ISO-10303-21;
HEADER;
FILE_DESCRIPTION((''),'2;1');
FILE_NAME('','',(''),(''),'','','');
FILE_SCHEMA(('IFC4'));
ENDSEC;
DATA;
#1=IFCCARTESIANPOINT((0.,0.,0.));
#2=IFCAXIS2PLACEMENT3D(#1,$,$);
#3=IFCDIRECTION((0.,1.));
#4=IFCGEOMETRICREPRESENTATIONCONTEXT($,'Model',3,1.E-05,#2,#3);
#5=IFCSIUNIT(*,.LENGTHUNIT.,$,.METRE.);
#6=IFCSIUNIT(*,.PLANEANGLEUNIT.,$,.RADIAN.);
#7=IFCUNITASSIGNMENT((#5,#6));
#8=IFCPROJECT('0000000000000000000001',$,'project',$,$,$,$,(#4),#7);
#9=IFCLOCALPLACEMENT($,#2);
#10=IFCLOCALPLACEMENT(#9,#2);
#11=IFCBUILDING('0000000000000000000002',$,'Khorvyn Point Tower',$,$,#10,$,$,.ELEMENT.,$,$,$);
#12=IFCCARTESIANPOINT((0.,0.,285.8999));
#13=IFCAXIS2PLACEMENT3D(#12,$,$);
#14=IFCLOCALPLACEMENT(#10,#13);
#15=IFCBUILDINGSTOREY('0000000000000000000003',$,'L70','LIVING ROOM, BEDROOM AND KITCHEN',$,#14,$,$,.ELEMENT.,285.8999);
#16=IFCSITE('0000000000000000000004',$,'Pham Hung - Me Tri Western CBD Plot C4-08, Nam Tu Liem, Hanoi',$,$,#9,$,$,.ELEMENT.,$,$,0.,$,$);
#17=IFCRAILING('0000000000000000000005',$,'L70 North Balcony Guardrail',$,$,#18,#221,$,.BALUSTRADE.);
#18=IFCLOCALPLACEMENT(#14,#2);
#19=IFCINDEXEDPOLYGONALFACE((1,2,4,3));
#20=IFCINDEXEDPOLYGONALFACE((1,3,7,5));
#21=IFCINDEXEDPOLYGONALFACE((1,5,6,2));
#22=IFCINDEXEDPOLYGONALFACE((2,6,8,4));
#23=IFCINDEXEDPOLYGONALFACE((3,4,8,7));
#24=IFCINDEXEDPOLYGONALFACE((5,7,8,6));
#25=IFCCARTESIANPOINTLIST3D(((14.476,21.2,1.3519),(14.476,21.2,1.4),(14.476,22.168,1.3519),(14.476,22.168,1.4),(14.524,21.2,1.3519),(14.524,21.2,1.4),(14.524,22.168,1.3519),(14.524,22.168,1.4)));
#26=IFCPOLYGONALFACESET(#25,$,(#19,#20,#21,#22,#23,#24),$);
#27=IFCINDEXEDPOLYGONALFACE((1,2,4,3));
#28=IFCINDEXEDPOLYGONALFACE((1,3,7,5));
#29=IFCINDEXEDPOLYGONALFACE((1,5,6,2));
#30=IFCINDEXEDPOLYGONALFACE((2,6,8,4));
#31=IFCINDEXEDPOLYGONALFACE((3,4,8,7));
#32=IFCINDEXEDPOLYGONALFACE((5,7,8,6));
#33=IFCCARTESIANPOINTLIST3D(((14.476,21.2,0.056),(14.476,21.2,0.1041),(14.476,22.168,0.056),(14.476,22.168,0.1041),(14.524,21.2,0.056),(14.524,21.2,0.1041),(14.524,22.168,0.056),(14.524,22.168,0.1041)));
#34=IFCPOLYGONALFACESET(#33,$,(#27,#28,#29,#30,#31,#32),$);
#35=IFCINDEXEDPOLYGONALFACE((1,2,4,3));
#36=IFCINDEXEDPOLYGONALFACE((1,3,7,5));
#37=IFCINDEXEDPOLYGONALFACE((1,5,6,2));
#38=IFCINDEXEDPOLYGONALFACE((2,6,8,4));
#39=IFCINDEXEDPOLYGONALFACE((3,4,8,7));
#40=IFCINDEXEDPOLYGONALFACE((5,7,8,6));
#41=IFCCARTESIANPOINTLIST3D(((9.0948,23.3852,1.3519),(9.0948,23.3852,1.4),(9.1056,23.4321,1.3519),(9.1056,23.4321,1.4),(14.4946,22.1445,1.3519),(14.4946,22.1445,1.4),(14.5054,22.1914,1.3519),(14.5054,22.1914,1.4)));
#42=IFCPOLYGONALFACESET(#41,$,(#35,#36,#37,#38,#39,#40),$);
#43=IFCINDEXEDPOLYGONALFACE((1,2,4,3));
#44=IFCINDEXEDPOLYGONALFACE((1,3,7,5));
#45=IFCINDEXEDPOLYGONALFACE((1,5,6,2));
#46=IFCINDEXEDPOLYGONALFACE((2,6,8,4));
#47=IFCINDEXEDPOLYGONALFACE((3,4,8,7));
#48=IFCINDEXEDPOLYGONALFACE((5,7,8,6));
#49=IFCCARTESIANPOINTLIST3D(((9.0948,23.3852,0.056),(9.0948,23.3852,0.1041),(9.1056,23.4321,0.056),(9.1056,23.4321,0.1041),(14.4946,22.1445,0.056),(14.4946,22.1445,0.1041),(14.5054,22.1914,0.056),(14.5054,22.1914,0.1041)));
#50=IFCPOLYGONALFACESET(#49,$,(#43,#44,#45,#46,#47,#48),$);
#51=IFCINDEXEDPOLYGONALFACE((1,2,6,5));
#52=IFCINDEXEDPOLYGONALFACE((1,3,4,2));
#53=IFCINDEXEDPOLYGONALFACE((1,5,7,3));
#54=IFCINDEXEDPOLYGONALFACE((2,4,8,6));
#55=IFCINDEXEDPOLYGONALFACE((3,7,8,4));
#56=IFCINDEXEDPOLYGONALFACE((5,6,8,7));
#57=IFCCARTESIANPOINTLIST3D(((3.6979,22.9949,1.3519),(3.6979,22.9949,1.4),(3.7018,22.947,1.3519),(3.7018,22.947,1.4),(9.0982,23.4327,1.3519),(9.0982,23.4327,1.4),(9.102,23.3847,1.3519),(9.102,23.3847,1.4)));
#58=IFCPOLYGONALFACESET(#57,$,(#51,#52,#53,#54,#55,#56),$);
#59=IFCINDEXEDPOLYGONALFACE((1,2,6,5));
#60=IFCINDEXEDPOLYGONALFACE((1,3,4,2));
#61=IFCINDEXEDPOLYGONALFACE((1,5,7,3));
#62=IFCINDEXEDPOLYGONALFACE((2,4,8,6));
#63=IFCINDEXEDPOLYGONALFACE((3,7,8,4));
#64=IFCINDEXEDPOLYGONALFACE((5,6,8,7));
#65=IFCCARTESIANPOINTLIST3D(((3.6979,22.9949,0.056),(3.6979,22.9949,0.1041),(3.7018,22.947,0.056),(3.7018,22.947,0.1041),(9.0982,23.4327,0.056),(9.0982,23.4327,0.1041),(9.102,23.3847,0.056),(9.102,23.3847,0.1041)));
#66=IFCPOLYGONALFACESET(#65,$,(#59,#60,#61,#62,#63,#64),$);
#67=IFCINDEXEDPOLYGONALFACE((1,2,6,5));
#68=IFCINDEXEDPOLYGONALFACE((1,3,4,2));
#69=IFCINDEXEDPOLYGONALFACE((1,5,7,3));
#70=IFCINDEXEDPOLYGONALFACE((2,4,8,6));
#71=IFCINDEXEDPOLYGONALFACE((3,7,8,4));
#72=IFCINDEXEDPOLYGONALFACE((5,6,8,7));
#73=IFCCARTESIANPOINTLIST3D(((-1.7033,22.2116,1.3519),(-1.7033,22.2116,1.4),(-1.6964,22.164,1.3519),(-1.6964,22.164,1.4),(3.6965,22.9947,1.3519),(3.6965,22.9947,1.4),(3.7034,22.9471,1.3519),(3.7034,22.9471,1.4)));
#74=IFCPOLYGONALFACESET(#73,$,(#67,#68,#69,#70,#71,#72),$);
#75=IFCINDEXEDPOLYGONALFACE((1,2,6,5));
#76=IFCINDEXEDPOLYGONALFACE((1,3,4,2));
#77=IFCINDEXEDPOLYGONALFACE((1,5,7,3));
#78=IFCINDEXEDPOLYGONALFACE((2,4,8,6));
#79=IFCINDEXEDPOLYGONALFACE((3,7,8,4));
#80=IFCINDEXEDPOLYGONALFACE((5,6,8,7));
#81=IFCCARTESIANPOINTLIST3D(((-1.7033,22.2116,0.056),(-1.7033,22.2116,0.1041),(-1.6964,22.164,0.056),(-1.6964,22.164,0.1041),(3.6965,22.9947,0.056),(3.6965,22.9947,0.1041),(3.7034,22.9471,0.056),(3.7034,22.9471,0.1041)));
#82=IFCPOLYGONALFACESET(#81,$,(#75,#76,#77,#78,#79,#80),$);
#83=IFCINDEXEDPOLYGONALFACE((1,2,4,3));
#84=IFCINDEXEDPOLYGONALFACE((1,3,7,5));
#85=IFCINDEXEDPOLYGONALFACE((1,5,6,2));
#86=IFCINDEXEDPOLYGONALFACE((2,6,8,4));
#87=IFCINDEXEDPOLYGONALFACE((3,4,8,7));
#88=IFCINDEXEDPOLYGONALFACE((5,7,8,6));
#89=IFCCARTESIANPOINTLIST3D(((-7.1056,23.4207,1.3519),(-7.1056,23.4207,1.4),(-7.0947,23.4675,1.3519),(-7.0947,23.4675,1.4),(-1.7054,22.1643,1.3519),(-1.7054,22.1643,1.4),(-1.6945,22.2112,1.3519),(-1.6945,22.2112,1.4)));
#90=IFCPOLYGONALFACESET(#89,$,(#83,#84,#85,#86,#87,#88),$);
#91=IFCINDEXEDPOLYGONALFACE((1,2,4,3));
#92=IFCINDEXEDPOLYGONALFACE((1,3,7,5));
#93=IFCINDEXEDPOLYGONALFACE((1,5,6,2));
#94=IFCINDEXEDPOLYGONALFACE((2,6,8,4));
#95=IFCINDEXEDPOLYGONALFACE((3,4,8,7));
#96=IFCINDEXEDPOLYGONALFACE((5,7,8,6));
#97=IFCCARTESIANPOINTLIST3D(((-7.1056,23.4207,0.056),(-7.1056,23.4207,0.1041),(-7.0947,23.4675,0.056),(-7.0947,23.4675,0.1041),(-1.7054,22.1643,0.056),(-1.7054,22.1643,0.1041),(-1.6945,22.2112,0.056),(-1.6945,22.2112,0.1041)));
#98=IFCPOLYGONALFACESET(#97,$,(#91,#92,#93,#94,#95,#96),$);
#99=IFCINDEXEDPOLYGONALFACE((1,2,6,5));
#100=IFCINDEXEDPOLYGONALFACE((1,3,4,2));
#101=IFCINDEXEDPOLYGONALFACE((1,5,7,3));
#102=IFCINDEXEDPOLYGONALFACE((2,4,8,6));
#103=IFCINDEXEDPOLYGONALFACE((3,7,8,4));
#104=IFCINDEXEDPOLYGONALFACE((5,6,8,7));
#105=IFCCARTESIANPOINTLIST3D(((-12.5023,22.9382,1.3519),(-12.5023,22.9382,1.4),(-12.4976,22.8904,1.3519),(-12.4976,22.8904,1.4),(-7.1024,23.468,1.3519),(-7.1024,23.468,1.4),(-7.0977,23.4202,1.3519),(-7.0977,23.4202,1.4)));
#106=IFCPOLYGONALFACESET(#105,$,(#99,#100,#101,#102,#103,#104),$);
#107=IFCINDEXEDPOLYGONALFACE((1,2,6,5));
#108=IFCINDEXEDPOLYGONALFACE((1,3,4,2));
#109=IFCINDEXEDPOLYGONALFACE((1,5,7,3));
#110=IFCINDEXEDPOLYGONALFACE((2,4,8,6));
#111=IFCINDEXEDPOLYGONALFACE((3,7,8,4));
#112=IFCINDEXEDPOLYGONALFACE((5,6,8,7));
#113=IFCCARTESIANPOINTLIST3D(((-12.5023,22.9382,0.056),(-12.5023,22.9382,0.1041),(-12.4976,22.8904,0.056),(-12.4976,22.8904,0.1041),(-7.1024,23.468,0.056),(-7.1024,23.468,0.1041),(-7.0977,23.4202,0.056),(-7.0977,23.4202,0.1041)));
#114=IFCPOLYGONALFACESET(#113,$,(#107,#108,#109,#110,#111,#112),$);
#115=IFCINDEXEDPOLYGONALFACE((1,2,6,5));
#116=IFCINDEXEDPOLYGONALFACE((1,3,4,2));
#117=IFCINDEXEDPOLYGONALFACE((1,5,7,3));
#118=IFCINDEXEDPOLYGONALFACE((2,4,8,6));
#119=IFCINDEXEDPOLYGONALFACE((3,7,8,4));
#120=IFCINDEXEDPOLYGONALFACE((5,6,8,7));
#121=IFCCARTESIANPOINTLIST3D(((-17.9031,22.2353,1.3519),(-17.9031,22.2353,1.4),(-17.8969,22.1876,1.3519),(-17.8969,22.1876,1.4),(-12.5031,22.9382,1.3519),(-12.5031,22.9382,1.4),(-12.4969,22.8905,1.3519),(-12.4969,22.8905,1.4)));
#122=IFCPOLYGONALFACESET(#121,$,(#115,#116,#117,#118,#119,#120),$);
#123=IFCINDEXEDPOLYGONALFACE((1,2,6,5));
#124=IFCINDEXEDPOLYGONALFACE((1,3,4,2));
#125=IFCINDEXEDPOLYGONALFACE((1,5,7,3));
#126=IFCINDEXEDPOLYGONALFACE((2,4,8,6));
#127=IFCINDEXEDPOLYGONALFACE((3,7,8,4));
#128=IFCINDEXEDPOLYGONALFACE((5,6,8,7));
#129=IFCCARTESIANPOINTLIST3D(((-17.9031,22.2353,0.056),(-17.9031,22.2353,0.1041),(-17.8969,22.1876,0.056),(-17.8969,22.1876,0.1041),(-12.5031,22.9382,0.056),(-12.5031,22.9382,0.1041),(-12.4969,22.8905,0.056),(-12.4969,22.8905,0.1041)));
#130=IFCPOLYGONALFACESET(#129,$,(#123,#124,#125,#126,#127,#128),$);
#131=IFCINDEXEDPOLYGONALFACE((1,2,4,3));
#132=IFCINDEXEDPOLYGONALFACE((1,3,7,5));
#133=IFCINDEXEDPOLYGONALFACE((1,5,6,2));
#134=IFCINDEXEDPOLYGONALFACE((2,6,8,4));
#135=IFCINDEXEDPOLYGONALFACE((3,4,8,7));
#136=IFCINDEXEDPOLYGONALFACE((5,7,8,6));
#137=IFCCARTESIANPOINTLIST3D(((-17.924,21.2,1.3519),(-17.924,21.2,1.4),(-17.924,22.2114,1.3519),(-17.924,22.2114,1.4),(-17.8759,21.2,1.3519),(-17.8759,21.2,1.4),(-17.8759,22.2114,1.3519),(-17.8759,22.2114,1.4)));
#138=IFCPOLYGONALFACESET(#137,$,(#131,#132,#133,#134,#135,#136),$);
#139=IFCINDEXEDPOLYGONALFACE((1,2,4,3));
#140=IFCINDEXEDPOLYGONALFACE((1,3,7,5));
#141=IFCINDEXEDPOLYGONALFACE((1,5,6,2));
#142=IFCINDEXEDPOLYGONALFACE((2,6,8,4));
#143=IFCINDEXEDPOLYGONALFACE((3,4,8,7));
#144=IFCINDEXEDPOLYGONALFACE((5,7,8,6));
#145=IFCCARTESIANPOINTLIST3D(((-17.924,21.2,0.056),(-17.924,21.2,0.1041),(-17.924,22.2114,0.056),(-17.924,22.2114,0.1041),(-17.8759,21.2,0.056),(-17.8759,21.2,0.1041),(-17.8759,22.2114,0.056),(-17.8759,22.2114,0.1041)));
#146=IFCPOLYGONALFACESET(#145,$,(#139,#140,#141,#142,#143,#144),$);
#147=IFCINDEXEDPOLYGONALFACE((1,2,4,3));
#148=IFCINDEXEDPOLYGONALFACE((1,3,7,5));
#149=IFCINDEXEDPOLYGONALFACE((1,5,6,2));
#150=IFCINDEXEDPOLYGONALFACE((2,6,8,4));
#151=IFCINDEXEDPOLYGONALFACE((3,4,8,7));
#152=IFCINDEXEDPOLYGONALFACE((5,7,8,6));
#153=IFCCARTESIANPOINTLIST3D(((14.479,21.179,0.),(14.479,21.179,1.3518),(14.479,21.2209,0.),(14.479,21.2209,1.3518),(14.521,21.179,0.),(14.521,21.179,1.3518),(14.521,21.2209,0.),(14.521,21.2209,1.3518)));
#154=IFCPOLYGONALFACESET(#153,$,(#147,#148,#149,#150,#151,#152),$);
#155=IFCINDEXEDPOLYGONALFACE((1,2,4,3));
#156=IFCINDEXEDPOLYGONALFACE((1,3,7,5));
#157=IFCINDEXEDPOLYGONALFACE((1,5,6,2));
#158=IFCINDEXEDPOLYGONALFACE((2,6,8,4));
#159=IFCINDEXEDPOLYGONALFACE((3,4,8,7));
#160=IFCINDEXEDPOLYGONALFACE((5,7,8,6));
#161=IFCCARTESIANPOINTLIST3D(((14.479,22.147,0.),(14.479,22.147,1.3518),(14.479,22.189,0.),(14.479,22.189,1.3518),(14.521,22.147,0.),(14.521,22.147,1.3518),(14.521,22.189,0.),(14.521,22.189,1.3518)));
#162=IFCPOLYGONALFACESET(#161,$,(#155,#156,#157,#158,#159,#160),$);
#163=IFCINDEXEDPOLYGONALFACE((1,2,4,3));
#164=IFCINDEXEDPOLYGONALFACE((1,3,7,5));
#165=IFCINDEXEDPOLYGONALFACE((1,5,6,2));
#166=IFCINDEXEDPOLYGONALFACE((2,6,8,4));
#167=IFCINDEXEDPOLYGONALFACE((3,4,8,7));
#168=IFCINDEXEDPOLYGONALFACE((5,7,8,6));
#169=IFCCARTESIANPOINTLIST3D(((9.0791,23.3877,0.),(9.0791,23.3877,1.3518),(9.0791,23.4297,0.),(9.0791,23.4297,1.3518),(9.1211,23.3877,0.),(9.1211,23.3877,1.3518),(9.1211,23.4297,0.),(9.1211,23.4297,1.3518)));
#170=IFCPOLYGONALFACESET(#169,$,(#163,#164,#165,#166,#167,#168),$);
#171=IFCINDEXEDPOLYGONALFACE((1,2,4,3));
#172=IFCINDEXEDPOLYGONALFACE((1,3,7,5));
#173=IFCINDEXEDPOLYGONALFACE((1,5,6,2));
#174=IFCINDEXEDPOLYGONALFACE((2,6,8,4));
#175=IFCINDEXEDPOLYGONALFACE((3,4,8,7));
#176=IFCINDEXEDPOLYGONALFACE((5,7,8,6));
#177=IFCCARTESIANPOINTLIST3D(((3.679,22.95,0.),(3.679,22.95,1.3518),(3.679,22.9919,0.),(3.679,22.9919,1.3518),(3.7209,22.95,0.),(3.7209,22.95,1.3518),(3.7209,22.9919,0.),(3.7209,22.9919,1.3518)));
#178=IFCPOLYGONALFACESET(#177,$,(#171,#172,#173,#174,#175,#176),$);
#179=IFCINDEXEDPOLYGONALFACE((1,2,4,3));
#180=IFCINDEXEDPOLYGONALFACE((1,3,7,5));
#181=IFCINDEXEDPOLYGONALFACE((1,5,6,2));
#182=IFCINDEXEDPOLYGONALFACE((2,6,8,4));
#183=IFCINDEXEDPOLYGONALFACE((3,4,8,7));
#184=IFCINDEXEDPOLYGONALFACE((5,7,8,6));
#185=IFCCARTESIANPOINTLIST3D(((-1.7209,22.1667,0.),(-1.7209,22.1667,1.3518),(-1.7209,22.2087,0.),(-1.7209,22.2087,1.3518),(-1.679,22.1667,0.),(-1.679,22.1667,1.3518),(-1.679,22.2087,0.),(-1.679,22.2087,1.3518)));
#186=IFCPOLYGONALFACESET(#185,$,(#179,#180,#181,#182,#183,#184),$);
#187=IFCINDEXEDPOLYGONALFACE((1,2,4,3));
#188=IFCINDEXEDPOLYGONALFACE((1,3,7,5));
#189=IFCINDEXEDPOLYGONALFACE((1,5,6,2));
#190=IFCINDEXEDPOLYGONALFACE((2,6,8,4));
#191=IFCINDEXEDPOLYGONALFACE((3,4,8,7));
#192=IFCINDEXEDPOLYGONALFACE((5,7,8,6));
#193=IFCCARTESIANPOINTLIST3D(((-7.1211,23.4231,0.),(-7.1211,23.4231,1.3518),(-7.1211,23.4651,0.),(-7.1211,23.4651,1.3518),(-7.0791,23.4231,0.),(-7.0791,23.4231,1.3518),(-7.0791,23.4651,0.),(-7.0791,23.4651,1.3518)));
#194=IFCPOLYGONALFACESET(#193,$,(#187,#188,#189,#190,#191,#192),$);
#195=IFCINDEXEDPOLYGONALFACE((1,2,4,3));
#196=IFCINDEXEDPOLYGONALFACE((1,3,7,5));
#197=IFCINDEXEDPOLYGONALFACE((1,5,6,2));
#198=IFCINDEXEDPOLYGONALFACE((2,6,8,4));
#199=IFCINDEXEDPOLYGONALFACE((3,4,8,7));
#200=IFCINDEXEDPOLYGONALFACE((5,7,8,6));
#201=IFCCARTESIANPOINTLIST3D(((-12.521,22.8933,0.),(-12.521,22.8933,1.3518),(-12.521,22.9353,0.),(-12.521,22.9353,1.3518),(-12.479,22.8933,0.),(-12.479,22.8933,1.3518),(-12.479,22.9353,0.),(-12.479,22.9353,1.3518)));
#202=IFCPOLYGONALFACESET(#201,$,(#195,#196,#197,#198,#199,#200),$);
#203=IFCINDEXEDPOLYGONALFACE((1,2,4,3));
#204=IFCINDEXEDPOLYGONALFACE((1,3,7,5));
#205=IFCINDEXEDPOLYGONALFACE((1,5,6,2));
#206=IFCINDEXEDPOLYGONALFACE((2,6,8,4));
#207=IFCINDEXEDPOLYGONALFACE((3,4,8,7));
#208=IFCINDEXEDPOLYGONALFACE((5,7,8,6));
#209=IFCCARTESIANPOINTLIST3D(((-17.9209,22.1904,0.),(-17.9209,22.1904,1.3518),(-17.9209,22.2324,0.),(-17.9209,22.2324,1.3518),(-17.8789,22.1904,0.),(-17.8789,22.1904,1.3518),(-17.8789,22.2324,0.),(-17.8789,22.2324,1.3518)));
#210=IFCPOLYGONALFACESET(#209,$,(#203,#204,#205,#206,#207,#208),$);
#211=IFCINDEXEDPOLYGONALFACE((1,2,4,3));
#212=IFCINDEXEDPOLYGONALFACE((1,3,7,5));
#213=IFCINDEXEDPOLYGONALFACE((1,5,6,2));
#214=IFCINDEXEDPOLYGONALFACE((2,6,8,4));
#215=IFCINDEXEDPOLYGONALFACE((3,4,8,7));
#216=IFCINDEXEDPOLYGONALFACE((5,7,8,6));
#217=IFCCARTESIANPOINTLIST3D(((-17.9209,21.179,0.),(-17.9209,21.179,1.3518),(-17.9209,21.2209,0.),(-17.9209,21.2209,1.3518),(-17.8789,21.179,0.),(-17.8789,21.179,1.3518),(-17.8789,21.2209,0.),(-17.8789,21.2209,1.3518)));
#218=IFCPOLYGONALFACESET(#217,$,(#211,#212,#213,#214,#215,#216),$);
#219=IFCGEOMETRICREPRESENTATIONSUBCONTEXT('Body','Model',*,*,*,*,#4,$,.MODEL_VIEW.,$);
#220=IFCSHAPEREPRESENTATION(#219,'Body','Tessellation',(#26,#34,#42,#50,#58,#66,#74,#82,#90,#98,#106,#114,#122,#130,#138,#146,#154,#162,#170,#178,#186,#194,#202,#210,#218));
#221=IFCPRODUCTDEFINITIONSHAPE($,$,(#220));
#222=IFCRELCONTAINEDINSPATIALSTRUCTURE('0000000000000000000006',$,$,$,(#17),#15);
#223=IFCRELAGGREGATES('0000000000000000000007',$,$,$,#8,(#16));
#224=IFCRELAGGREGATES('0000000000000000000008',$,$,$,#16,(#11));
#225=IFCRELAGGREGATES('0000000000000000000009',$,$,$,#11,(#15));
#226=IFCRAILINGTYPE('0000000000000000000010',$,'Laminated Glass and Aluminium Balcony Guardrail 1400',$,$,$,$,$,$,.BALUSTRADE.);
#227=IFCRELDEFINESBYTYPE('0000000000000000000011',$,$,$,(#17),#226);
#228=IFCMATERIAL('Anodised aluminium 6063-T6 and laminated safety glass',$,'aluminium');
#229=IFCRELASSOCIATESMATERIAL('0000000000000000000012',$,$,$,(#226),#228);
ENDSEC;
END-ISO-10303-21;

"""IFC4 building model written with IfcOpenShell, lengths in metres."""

from ifc_helpers import new_model, si_unit, direction, frame, origin, origin_2d, place, context, subcontext, project, spatial, rectangle, extrude, material, type_object, element, save


model = new_model("IFC4")

# Units and contexts
model_context = context("Model", 3, precision=1e-05, world=origin(), true_north=direction((0.0, 1.0)))
body_context = subcontext(model_context, "Body", "Model", "MODEL_VIEW")
ifc_project = project(units=[si_unit("LENGTHUNIT", "METRE"), si_unit("PLANEANGLEUNIT", "RADIAN")], contexts=[model_context])

# Site, building, storey
site_placement = place(None, origin())
site = spatial("IfcSite", under=ifc_project, at=site_placement, Name="Pham Hung - Me Tri Western CBD Plot C4-08, Nam Tu Liem, Hanoi", CompositionType="ELEMENT", RefElevation=0.0)
building_placement = place(site_placement, origin())
building = spatial("IfcBuilding", under=site, at=building_placement, Name="Khorvyn Point Tower", CompositionType="ELEMENT")
storey_placement = place(building_placement, frame((0.0, 0.0, 285.8999)))
storey = spatial("IfcBuildingStorey", under=building, at=storey_placement, Name="L70", Description="LIVING ROOM, BEDROOM AND KITCHEN", CompositionType="ELEMENT", Elevation=285.8999)

# Railing
ifc_material_1 = material(Name="Anodised aluminium 6063-T6 and laminated safety glass", Category="aluminium")
railing_type = type_object("IfcRailingType", Name="Laminated Glass and Aluminium Balcony Guardrail 1400", PredefinedType="BALUSTRADE", material=ifc_material_1)
railing_1_placement = place(storey_placement, frame((14.5, 21.2, 0.0)))
element("IfcRailing", 1, at=railing_1_placement, inside=storey, type_object=railing_type, Name="L70 North Balcony Guardrail", PredefinedType="BALUSTRADE", context=body_context, shape_type="SweptSolid", body=[
    extrude(rectangle(XDim=0.0481, YDim=0.0481, at=origin_2d()), frame((0.0, 0.0, 1.376), z_axis=(0.0, 1.0, 0.0), x_axis=(-1.0, 0.0, 0.0)), (0.0, 0.0, 1.0), 0.968),
    extrude(rectangle(XDim=0.0481, YDim=0.0481, at=origin_2d()), frame((0.0, 0.0, 0.0801), z_axis=(0.0, 1.0, 0.0), x_axis=(-1.0, 0.0, 0.0)), (0.0, 0.0, 1.0), 0.968),
    extrude(rectangle(XDim=0.0481, YDim=0.0481, at=origin_2d()), frame((0.0, 0.968, 1.376), z_axis=(-0.974605, 0.223933, 0.0), x_axis=(-0.223933, -0.974605, 0.0)), (0.0, 0.0, 1.0), 5.5405),
    extrude(rectangle(XDim=0.0481, YDim=0.0481, at=origin_2d()), frame((0.0, 0.968, 0.0801), z_axis=(-0.974605, 0.223933, 0.0), x_axis=(-0.223933, -0.974605, 0.0)), (0.0, 0.0, 1.0), 5.5405),
    extrude(rectangle(XDim=0.0481, YDim=0.0481, at=origin_2d()), frame((-5.3999, 2.2087, 1.376), z_axis=(-0.996731, -0.080797, 0.0), x_axis=(0.080797, -0.996731, 0.0)), (0.0, 0.0, 1.0), 5.418),
    extrude(rectangle(XDim=0.0481, YDim=0.0481, at=origin_2d()), frame((-5.3999, 2.2087, 0.0801), z_axis=(-0.996731, -0.080797, 0.0), x_axis=(0.080797, -0.996731, 0.0)), (0.0, 0.0, 1.0), 5.418),
    extrude(rectangle(XDim=0.0481, YDim=0.0481, at=origin_2d()), frame((-10.8, 1.771, 1.376), z_axis=(-0.989645, -0.143538, 0.0), x_axis=(0.143538, -0.989645, 0.0)), (0.0, 0.0, 1.0), 5.4563),
    extrude(rectangle(XDim=0.0481, YDim=0.0481, at=origin_2d()), frame((-10.8, 1.771, 0.0801), z_axis=(-0.989645, -0.143538, 0.0), x_axis=(0.143538, -0.989645, 0.0)), (0.0, 0.0, 1.0), 5.4563),
    extrude(rectangle(XDim=0.0481, YDim=0.0481, at=origin_2d()), frame((-16.2, 0.9878, 1.376), z_axis=(-0.973988, 0.226599, 0.0), x_axis=(-0.226599, -0.973988, 0.0)), (0.0, 0.0, 1.0), 5.5444),
    extrude(rectangle(XDim=0.0481, YDim=0.0481, at=origin_2d()), frame((-16.2, 0.9878, 0.0801), z_axis=(-0.973988, 0.226599, 0.0), x_axis=(-0.226599, -0.973988, 0.0)), (0.0, 0.0, 1.0), 5.5444),
    extrude(rectangle(XDim=0.0481, YDim=0.0481, at=origin_2d()), frame((-21.6001, 2.2441, 1.376), z_axis=(-0.995222, -0.097641, 0.0), x_axis=(0.097641, -0.995222, 0.0)), (0.0, 0.0, 1.0), 5.4258),
    extrude(rectangle(XDim=0.0481, YDim=0.0481, at=origin_2d()), frame((-21.6001, 2.2441, 0.0801), z_axis=(-0.995222, -0.097641, 0.0), x_axis=(0.097641, -0.995222, 0.0)), (0.0, 0.0, 1.0), 5.4258),
    extrude(rectangle(XDim=0.0481, YDim=0.0481, at=origin_2d()), frame((-27.0, 1.7144, 1.376), z_axis=(-0.991635, -0.129077, 0.0), x_axis=(0.129077, -0.991635, 0.0)), (0.0, 0.0, 1.0), 5.4456),
    extrude(rectangle(XDim=0.0481, YDim=0.0481, at=origin_2d()), frame((-27.0, 1.7144, 0.0801), z_axis=(-0.991635, -0.129077, 0.0), x_axis=(0.129077, -0.991635, 0.0)), (0.0, 0.0, 1.0), 5.4456),
    extrude(rectangle(XDim=0.0481, YDim=0.0481, at=origin_2d()), frame((-32.3999, 1.0115, 1.376), z_axis=(0.0, -1.0, 0.0), x_axis=(1.0, 0.0, 0.0)), (0.0, 0.0, 1.0), 1.0115),
    extrude(rectangle(XDim=0.0481, YDim=0.0481, at=origin_2d()), frame((-32.3999, 1.0115, 0.0801), z_axis=(0.0, -1.0, 0.0), x_axis=(1.0, 0.0, 0.0)), (0.0, 0.0, 1.0), 1.0115),
    extrude(rectangle(XDim=0.042, YDim=0.042, at=origin_2d()), origin(), (0.0, 0.0, 1.0), 1.3518),
    extrude(rectangle(XDim=0.042, YDim=0.042, at=origin_2d()), frame((0.0, 0.968, 0.0)), (0.0, 0.0, 1.0), 1.3518),
    extrude(rectangle(XDim=0.042, YDim=0.042, at=origin_2d()), frame((-5.3999, 2.2087, 0.0)), (0.0, 0.0, 1.0), 1.3518),
    extrude(rectangle(XDim=0.042, YDim=0.042, at=origin_2d()), frame((-10.8, 1.771, 0.0)), (0.0, 0.0, 1.0), 1.3518),
    extrude(rectangle(XDim=0.042, YDim=0.042, at=origin_2d()), frame((-16.2, 0.9878, 0.0)), (0.0, 0.0, 1.0), 1.3518),
    extrude(rectangle(XDim=0.042, YDim=0.042, at=origin_2d()), frame((-21.6001, 2.2441, 0.0)), (0.0, 0.0, 1.0), 1.3518),
    extrude(rectangle(XDim=0.042, YDim=0.042, at=origin_2d()), frame((-27.0, 1.7144, 0.0)), (0.0, 0.0, 1.0), 1.3518),
    extrude(rectangle(XDim=0.042, YDim=0.042, at=origin_2d()), frame((-32.3999, 1.0115, 0.0)), (0.0, 0.0, 1.0), 1.3518),
    extrude(rectangle(XDim=0.042, YDim=0.042, at=origin_2d()), frame((-32.3999, 0.0, 0.0)), (0.0, 0.0, 1.0), 1.3518),
])

save(model, "model.ifc")
